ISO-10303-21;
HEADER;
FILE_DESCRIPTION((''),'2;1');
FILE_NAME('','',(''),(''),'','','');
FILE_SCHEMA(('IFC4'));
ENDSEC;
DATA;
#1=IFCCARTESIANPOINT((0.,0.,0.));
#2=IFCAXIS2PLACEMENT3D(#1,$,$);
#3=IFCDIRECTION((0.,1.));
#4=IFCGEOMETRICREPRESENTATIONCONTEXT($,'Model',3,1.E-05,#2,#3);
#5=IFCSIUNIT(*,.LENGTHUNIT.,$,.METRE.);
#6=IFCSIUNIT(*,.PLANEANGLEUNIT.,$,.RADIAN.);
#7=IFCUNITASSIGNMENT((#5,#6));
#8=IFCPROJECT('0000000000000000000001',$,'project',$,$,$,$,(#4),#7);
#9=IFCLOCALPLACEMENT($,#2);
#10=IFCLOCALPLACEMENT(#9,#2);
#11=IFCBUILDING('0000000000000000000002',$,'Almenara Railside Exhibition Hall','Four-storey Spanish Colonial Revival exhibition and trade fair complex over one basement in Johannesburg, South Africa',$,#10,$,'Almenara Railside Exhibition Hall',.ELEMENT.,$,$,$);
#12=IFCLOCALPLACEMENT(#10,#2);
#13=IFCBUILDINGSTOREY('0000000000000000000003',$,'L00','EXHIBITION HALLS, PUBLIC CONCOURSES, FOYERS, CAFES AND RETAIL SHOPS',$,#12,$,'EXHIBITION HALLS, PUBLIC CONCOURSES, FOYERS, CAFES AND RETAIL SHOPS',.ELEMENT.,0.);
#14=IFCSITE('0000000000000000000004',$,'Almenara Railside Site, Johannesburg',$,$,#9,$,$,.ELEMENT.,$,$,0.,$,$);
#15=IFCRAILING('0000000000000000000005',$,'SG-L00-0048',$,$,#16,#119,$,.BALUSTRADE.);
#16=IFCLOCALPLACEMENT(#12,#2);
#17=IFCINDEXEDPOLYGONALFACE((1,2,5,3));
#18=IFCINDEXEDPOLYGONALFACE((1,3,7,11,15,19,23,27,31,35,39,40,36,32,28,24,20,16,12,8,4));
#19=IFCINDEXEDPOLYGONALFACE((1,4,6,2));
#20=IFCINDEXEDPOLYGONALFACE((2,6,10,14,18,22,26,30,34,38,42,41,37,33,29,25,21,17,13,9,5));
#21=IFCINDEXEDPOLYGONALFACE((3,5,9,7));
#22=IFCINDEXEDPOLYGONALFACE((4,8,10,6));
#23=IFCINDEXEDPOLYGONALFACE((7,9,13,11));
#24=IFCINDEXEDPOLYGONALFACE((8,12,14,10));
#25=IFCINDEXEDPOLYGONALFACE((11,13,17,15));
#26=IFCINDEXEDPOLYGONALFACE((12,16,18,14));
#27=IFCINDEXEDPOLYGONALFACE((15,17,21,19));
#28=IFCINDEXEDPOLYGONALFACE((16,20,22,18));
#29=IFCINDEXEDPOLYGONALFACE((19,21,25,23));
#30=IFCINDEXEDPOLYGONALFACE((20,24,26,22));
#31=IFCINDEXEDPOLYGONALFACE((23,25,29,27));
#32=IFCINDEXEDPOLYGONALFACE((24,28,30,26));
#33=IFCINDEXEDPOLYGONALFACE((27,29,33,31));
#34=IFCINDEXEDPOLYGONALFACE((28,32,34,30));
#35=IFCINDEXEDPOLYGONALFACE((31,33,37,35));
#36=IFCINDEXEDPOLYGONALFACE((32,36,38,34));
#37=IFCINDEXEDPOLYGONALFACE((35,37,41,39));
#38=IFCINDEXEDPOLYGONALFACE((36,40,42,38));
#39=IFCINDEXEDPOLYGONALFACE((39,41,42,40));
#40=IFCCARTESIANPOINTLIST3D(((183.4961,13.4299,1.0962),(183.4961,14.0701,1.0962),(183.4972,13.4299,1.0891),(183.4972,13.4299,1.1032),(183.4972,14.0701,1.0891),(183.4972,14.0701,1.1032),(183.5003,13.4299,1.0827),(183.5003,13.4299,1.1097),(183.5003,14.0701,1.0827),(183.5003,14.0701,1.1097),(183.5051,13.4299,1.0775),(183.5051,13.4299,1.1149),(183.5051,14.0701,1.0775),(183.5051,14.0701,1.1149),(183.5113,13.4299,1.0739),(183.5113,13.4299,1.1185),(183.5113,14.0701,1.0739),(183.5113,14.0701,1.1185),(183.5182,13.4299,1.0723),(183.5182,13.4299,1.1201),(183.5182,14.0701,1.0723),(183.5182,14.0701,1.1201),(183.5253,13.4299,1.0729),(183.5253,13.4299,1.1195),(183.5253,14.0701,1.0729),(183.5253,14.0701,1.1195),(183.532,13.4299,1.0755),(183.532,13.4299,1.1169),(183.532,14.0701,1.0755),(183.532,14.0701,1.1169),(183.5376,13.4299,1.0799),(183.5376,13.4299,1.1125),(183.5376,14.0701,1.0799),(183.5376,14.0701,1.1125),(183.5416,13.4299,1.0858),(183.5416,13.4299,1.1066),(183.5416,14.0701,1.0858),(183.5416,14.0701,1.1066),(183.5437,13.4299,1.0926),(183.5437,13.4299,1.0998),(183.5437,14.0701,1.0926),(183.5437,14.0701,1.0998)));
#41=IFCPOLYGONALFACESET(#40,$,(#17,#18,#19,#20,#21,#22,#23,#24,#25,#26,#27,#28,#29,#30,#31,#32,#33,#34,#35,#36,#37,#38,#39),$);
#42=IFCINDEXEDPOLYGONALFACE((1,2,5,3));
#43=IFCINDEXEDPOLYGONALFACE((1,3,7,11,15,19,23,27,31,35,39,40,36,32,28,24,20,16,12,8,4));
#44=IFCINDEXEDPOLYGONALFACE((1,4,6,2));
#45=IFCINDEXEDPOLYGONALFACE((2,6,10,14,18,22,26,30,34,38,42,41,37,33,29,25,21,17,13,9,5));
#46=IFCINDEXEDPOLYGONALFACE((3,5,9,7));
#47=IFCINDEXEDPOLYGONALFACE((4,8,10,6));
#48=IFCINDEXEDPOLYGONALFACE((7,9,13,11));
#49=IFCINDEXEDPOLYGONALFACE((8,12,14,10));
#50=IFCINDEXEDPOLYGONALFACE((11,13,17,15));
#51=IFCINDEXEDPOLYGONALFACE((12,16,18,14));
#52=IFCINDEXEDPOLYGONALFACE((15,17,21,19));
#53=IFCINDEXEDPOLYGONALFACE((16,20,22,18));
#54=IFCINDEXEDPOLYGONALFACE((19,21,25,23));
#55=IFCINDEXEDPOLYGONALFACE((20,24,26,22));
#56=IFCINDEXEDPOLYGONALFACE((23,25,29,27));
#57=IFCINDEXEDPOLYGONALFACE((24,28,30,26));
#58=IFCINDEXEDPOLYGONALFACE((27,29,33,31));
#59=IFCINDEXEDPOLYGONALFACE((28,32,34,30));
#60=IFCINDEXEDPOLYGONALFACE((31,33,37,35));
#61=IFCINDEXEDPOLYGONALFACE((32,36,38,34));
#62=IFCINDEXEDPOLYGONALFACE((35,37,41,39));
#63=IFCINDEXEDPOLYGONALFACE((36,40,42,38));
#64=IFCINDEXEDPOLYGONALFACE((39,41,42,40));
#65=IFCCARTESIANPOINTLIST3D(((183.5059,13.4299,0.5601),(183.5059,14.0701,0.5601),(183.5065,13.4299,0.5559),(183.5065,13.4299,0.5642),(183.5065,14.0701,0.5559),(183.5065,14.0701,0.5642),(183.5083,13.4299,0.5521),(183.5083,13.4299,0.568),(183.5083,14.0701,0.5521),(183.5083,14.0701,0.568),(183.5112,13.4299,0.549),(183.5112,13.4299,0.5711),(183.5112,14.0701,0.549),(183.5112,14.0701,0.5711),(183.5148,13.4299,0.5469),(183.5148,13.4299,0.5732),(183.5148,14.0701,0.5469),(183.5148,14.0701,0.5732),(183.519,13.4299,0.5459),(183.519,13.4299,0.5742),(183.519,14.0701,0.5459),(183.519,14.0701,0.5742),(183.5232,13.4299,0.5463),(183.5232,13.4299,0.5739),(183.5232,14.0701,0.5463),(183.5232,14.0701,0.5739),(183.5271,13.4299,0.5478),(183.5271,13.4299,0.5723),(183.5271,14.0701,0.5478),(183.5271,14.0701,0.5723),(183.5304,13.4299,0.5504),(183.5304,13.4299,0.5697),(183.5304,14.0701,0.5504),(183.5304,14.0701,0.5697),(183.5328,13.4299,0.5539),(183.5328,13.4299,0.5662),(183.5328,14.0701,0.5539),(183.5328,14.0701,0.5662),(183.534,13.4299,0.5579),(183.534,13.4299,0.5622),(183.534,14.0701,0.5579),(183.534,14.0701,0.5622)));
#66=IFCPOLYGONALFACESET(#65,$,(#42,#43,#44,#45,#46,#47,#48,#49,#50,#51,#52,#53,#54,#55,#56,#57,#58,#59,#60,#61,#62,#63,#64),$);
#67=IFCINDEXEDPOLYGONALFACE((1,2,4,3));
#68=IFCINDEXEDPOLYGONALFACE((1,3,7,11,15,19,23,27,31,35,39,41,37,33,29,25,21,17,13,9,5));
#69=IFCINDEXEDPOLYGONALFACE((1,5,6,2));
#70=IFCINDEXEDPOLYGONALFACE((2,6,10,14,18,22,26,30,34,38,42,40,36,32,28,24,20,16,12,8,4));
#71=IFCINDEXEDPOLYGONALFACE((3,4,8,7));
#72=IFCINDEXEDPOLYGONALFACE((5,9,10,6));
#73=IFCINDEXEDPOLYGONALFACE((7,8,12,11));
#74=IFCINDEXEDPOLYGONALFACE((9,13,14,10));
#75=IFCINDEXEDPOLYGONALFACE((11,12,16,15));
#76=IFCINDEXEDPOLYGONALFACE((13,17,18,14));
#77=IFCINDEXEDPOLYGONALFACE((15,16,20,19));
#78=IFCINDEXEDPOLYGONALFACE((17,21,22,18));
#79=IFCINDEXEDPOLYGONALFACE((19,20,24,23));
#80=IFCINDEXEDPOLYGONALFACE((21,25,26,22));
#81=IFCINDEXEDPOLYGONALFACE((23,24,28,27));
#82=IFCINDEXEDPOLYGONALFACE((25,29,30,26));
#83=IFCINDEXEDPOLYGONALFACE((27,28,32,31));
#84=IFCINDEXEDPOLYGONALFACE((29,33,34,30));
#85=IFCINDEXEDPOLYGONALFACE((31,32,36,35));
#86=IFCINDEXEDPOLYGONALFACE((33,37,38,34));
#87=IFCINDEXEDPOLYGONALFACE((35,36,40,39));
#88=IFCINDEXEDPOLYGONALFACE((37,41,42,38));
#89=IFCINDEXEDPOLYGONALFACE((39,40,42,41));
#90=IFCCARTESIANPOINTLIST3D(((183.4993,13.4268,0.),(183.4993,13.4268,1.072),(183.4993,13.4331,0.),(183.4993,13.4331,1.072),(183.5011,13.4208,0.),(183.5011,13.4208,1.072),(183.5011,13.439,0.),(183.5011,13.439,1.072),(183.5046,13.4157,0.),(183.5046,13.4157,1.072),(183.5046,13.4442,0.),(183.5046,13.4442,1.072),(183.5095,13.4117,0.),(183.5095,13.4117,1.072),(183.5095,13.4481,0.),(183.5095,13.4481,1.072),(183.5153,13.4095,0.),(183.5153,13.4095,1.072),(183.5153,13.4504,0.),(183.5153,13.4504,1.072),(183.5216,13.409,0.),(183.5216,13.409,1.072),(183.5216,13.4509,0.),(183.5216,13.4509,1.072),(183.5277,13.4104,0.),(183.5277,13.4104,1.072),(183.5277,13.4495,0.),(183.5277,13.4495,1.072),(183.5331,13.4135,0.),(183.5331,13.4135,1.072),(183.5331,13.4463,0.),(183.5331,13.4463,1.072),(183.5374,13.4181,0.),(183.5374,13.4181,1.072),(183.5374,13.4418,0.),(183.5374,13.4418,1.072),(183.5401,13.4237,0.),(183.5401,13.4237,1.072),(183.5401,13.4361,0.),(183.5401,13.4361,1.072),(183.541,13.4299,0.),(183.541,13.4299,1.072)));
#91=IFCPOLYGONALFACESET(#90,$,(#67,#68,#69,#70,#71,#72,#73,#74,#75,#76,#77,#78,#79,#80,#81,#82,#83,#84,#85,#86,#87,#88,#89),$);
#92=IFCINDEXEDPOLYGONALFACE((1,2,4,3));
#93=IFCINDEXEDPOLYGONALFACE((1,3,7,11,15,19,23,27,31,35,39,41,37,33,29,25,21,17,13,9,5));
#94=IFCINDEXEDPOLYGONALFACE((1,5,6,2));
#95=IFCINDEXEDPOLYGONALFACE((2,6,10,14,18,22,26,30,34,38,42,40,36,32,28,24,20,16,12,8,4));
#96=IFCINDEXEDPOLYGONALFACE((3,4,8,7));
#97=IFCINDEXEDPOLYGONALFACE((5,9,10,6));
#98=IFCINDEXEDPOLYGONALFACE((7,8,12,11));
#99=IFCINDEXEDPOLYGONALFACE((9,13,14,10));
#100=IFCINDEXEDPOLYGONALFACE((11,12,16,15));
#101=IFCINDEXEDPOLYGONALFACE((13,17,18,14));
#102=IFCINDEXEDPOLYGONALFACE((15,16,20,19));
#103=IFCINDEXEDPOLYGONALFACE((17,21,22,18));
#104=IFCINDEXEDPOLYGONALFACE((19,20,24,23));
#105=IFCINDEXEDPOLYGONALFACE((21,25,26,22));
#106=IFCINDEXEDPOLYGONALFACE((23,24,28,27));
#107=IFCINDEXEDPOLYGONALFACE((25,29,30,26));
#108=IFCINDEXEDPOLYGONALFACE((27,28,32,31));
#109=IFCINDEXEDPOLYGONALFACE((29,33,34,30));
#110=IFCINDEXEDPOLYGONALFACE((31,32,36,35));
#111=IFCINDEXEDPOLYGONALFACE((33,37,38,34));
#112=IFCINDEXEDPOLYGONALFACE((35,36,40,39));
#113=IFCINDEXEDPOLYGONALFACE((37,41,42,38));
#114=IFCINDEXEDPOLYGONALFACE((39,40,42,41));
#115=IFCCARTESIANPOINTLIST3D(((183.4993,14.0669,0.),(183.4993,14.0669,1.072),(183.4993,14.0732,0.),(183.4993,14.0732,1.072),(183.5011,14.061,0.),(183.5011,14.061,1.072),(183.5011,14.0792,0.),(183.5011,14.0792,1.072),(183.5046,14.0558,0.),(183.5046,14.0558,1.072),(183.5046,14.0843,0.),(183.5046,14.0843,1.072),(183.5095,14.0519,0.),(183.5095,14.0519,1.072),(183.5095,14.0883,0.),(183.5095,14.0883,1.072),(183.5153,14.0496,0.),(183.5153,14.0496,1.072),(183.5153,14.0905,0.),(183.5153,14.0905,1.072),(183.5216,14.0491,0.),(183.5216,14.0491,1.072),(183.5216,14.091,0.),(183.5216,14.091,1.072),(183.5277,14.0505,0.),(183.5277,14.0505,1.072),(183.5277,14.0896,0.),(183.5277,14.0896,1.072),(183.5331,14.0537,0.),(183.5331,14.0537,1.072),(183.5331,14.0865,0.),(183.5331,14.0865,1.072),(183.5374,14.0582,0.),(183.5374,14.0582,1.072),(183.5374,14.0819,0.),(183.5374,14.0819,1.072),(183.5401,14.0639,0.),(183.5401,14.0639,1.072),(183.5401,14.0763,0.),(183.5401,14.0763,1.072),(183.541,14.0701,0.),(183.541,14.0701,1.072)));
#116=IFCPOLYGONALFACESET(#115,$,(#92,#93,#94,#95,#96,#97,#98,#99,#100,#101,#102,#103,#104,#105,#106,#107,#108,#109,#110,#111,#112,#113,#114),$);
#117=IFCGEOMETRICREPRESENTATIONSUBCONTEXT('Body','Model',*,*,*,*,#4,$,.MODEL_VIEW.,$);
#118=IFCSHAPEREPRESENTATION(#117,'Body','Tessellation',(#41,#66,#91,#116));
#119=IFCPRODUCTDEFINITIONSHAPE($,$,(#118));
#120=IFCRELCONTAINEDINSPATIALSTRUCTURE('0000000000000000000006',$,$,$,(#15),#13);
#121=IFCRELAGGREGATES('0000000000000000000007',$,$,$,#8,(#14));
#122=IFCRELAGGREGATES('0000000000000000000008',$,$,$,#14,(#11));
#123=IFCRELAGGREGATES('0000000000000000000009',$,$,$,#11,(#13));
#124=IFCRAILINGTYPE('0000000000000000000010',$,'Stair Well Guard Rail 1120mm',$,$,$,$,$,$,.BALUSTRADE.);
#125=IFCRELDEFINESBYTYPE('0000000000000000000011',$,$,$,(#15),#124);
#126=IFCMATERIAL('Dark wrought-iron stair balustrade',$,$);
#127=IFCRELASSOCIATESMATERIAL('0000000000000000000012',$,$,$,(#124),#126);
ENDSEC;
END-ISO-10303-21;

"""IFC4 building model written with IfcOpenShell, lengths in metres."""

from ifc_helpers import new_model, si_unit, direction, frame, origin, origin_2d, place, context, subcontext, project, spatial, circle, extrude, material, type_object, element, save


model = new_model("IFC4")

# Units and contexts
model_context = context("Model", 3, precision=1e-05, world=origin(), true_north=direction((0.0, 1.0)))
body_context = subcontext(model_context, "Body", "Model", "MODEL_VIEW")
ifc_project = project(units=[si_unit("LENGTHUNIT", "METRE"), si_unit("PLANEANGLEUNIT", "RADIAN")], contexts=[model_context])

# Site, building, storey
site_placement = place(None, origin())
site = spatial("IfcSite", under=ifc_project, at=site_placement, Name="Almenara Railside Site, Johannesburg", CompositionType="ELEMENT", RefElevation=0.0)
building_placement = place(site_placement, origin())
building = spatial("IfcBuilding", under=site, at=building_placement, Name="Almenara Railside Exhibition Hall", Description="Four-storey Spanish Colonial Revival exhibition and trade fair complex over one basement in Johannesburg, South Africa", LongName="Almenara Railside Exhibition Hall", CompositionType="ELEMENT")
storey_placement = place(building_placement, origin())
storey = spatial("IfcBuildingStorey", under=building, at=storey_placement, Name="L00", Description="EXHIBITION HALLS, PUBLIC CONCOURSES, FOYERS, CAFES AND RETAIL SHOPS", LongName="EXHIBITION HALLS, PUBLIC CONCOURSES, FOYERS, CAFES AND RETAIL SHOPS", CompositionType="ELEMENT", Elevation=0.0)

# Railing
ifc_material_1 = material(Name="Dark wrought-iron stair balustrade")
railing_type_1 = type_object("IfcRailingType", Name="Stair Well Guard Rail 1120mm", PredefinedType="BALUSTRADE", material=ifc_material_1)
railing_1_placement = place(storey_placement, frame((183.52, 13.4299, 0.0)))
element("IfcRailing", 1, at=railing_1_placement, inside=storey, type_object=railing_type_1, Name="SG-L00-0048", PredefinedType="BALUSTRADE", context=body_context, shape_type="SweptSolid", body=[
    extrude(circle(Radius=0.0239, at=origin_2d()), frame((0.0, 0.0, 1.0962), z_axis=(0.0, 1.0, 0.0), x_axis=(-1.0, 0.0, 0.0)), (0.0, 0.0, 1.0), 0.6401),
    extrude(circle(Radius=0.0142, at=origin_2d()), frame((0.0, 0.0, 0.5601), z_axis=(0.0, 1.0, 0.0), x_axis=(-1.0, 0.0, 0.0)), (0.0, 0.0, 1.0), 0.6401),
    extrude(circle(Radius=0.021, at=origin_2d()), origin(), (0.0, 0.0, 1.0), 1.072),
    extrude(circle(Radius=0.021, at=origin_2d()), frame((0.0, 0.6401, 0.0)), (0.0, 0.0, 1.0), 1.072),
])

save(model, "model.ifc")
